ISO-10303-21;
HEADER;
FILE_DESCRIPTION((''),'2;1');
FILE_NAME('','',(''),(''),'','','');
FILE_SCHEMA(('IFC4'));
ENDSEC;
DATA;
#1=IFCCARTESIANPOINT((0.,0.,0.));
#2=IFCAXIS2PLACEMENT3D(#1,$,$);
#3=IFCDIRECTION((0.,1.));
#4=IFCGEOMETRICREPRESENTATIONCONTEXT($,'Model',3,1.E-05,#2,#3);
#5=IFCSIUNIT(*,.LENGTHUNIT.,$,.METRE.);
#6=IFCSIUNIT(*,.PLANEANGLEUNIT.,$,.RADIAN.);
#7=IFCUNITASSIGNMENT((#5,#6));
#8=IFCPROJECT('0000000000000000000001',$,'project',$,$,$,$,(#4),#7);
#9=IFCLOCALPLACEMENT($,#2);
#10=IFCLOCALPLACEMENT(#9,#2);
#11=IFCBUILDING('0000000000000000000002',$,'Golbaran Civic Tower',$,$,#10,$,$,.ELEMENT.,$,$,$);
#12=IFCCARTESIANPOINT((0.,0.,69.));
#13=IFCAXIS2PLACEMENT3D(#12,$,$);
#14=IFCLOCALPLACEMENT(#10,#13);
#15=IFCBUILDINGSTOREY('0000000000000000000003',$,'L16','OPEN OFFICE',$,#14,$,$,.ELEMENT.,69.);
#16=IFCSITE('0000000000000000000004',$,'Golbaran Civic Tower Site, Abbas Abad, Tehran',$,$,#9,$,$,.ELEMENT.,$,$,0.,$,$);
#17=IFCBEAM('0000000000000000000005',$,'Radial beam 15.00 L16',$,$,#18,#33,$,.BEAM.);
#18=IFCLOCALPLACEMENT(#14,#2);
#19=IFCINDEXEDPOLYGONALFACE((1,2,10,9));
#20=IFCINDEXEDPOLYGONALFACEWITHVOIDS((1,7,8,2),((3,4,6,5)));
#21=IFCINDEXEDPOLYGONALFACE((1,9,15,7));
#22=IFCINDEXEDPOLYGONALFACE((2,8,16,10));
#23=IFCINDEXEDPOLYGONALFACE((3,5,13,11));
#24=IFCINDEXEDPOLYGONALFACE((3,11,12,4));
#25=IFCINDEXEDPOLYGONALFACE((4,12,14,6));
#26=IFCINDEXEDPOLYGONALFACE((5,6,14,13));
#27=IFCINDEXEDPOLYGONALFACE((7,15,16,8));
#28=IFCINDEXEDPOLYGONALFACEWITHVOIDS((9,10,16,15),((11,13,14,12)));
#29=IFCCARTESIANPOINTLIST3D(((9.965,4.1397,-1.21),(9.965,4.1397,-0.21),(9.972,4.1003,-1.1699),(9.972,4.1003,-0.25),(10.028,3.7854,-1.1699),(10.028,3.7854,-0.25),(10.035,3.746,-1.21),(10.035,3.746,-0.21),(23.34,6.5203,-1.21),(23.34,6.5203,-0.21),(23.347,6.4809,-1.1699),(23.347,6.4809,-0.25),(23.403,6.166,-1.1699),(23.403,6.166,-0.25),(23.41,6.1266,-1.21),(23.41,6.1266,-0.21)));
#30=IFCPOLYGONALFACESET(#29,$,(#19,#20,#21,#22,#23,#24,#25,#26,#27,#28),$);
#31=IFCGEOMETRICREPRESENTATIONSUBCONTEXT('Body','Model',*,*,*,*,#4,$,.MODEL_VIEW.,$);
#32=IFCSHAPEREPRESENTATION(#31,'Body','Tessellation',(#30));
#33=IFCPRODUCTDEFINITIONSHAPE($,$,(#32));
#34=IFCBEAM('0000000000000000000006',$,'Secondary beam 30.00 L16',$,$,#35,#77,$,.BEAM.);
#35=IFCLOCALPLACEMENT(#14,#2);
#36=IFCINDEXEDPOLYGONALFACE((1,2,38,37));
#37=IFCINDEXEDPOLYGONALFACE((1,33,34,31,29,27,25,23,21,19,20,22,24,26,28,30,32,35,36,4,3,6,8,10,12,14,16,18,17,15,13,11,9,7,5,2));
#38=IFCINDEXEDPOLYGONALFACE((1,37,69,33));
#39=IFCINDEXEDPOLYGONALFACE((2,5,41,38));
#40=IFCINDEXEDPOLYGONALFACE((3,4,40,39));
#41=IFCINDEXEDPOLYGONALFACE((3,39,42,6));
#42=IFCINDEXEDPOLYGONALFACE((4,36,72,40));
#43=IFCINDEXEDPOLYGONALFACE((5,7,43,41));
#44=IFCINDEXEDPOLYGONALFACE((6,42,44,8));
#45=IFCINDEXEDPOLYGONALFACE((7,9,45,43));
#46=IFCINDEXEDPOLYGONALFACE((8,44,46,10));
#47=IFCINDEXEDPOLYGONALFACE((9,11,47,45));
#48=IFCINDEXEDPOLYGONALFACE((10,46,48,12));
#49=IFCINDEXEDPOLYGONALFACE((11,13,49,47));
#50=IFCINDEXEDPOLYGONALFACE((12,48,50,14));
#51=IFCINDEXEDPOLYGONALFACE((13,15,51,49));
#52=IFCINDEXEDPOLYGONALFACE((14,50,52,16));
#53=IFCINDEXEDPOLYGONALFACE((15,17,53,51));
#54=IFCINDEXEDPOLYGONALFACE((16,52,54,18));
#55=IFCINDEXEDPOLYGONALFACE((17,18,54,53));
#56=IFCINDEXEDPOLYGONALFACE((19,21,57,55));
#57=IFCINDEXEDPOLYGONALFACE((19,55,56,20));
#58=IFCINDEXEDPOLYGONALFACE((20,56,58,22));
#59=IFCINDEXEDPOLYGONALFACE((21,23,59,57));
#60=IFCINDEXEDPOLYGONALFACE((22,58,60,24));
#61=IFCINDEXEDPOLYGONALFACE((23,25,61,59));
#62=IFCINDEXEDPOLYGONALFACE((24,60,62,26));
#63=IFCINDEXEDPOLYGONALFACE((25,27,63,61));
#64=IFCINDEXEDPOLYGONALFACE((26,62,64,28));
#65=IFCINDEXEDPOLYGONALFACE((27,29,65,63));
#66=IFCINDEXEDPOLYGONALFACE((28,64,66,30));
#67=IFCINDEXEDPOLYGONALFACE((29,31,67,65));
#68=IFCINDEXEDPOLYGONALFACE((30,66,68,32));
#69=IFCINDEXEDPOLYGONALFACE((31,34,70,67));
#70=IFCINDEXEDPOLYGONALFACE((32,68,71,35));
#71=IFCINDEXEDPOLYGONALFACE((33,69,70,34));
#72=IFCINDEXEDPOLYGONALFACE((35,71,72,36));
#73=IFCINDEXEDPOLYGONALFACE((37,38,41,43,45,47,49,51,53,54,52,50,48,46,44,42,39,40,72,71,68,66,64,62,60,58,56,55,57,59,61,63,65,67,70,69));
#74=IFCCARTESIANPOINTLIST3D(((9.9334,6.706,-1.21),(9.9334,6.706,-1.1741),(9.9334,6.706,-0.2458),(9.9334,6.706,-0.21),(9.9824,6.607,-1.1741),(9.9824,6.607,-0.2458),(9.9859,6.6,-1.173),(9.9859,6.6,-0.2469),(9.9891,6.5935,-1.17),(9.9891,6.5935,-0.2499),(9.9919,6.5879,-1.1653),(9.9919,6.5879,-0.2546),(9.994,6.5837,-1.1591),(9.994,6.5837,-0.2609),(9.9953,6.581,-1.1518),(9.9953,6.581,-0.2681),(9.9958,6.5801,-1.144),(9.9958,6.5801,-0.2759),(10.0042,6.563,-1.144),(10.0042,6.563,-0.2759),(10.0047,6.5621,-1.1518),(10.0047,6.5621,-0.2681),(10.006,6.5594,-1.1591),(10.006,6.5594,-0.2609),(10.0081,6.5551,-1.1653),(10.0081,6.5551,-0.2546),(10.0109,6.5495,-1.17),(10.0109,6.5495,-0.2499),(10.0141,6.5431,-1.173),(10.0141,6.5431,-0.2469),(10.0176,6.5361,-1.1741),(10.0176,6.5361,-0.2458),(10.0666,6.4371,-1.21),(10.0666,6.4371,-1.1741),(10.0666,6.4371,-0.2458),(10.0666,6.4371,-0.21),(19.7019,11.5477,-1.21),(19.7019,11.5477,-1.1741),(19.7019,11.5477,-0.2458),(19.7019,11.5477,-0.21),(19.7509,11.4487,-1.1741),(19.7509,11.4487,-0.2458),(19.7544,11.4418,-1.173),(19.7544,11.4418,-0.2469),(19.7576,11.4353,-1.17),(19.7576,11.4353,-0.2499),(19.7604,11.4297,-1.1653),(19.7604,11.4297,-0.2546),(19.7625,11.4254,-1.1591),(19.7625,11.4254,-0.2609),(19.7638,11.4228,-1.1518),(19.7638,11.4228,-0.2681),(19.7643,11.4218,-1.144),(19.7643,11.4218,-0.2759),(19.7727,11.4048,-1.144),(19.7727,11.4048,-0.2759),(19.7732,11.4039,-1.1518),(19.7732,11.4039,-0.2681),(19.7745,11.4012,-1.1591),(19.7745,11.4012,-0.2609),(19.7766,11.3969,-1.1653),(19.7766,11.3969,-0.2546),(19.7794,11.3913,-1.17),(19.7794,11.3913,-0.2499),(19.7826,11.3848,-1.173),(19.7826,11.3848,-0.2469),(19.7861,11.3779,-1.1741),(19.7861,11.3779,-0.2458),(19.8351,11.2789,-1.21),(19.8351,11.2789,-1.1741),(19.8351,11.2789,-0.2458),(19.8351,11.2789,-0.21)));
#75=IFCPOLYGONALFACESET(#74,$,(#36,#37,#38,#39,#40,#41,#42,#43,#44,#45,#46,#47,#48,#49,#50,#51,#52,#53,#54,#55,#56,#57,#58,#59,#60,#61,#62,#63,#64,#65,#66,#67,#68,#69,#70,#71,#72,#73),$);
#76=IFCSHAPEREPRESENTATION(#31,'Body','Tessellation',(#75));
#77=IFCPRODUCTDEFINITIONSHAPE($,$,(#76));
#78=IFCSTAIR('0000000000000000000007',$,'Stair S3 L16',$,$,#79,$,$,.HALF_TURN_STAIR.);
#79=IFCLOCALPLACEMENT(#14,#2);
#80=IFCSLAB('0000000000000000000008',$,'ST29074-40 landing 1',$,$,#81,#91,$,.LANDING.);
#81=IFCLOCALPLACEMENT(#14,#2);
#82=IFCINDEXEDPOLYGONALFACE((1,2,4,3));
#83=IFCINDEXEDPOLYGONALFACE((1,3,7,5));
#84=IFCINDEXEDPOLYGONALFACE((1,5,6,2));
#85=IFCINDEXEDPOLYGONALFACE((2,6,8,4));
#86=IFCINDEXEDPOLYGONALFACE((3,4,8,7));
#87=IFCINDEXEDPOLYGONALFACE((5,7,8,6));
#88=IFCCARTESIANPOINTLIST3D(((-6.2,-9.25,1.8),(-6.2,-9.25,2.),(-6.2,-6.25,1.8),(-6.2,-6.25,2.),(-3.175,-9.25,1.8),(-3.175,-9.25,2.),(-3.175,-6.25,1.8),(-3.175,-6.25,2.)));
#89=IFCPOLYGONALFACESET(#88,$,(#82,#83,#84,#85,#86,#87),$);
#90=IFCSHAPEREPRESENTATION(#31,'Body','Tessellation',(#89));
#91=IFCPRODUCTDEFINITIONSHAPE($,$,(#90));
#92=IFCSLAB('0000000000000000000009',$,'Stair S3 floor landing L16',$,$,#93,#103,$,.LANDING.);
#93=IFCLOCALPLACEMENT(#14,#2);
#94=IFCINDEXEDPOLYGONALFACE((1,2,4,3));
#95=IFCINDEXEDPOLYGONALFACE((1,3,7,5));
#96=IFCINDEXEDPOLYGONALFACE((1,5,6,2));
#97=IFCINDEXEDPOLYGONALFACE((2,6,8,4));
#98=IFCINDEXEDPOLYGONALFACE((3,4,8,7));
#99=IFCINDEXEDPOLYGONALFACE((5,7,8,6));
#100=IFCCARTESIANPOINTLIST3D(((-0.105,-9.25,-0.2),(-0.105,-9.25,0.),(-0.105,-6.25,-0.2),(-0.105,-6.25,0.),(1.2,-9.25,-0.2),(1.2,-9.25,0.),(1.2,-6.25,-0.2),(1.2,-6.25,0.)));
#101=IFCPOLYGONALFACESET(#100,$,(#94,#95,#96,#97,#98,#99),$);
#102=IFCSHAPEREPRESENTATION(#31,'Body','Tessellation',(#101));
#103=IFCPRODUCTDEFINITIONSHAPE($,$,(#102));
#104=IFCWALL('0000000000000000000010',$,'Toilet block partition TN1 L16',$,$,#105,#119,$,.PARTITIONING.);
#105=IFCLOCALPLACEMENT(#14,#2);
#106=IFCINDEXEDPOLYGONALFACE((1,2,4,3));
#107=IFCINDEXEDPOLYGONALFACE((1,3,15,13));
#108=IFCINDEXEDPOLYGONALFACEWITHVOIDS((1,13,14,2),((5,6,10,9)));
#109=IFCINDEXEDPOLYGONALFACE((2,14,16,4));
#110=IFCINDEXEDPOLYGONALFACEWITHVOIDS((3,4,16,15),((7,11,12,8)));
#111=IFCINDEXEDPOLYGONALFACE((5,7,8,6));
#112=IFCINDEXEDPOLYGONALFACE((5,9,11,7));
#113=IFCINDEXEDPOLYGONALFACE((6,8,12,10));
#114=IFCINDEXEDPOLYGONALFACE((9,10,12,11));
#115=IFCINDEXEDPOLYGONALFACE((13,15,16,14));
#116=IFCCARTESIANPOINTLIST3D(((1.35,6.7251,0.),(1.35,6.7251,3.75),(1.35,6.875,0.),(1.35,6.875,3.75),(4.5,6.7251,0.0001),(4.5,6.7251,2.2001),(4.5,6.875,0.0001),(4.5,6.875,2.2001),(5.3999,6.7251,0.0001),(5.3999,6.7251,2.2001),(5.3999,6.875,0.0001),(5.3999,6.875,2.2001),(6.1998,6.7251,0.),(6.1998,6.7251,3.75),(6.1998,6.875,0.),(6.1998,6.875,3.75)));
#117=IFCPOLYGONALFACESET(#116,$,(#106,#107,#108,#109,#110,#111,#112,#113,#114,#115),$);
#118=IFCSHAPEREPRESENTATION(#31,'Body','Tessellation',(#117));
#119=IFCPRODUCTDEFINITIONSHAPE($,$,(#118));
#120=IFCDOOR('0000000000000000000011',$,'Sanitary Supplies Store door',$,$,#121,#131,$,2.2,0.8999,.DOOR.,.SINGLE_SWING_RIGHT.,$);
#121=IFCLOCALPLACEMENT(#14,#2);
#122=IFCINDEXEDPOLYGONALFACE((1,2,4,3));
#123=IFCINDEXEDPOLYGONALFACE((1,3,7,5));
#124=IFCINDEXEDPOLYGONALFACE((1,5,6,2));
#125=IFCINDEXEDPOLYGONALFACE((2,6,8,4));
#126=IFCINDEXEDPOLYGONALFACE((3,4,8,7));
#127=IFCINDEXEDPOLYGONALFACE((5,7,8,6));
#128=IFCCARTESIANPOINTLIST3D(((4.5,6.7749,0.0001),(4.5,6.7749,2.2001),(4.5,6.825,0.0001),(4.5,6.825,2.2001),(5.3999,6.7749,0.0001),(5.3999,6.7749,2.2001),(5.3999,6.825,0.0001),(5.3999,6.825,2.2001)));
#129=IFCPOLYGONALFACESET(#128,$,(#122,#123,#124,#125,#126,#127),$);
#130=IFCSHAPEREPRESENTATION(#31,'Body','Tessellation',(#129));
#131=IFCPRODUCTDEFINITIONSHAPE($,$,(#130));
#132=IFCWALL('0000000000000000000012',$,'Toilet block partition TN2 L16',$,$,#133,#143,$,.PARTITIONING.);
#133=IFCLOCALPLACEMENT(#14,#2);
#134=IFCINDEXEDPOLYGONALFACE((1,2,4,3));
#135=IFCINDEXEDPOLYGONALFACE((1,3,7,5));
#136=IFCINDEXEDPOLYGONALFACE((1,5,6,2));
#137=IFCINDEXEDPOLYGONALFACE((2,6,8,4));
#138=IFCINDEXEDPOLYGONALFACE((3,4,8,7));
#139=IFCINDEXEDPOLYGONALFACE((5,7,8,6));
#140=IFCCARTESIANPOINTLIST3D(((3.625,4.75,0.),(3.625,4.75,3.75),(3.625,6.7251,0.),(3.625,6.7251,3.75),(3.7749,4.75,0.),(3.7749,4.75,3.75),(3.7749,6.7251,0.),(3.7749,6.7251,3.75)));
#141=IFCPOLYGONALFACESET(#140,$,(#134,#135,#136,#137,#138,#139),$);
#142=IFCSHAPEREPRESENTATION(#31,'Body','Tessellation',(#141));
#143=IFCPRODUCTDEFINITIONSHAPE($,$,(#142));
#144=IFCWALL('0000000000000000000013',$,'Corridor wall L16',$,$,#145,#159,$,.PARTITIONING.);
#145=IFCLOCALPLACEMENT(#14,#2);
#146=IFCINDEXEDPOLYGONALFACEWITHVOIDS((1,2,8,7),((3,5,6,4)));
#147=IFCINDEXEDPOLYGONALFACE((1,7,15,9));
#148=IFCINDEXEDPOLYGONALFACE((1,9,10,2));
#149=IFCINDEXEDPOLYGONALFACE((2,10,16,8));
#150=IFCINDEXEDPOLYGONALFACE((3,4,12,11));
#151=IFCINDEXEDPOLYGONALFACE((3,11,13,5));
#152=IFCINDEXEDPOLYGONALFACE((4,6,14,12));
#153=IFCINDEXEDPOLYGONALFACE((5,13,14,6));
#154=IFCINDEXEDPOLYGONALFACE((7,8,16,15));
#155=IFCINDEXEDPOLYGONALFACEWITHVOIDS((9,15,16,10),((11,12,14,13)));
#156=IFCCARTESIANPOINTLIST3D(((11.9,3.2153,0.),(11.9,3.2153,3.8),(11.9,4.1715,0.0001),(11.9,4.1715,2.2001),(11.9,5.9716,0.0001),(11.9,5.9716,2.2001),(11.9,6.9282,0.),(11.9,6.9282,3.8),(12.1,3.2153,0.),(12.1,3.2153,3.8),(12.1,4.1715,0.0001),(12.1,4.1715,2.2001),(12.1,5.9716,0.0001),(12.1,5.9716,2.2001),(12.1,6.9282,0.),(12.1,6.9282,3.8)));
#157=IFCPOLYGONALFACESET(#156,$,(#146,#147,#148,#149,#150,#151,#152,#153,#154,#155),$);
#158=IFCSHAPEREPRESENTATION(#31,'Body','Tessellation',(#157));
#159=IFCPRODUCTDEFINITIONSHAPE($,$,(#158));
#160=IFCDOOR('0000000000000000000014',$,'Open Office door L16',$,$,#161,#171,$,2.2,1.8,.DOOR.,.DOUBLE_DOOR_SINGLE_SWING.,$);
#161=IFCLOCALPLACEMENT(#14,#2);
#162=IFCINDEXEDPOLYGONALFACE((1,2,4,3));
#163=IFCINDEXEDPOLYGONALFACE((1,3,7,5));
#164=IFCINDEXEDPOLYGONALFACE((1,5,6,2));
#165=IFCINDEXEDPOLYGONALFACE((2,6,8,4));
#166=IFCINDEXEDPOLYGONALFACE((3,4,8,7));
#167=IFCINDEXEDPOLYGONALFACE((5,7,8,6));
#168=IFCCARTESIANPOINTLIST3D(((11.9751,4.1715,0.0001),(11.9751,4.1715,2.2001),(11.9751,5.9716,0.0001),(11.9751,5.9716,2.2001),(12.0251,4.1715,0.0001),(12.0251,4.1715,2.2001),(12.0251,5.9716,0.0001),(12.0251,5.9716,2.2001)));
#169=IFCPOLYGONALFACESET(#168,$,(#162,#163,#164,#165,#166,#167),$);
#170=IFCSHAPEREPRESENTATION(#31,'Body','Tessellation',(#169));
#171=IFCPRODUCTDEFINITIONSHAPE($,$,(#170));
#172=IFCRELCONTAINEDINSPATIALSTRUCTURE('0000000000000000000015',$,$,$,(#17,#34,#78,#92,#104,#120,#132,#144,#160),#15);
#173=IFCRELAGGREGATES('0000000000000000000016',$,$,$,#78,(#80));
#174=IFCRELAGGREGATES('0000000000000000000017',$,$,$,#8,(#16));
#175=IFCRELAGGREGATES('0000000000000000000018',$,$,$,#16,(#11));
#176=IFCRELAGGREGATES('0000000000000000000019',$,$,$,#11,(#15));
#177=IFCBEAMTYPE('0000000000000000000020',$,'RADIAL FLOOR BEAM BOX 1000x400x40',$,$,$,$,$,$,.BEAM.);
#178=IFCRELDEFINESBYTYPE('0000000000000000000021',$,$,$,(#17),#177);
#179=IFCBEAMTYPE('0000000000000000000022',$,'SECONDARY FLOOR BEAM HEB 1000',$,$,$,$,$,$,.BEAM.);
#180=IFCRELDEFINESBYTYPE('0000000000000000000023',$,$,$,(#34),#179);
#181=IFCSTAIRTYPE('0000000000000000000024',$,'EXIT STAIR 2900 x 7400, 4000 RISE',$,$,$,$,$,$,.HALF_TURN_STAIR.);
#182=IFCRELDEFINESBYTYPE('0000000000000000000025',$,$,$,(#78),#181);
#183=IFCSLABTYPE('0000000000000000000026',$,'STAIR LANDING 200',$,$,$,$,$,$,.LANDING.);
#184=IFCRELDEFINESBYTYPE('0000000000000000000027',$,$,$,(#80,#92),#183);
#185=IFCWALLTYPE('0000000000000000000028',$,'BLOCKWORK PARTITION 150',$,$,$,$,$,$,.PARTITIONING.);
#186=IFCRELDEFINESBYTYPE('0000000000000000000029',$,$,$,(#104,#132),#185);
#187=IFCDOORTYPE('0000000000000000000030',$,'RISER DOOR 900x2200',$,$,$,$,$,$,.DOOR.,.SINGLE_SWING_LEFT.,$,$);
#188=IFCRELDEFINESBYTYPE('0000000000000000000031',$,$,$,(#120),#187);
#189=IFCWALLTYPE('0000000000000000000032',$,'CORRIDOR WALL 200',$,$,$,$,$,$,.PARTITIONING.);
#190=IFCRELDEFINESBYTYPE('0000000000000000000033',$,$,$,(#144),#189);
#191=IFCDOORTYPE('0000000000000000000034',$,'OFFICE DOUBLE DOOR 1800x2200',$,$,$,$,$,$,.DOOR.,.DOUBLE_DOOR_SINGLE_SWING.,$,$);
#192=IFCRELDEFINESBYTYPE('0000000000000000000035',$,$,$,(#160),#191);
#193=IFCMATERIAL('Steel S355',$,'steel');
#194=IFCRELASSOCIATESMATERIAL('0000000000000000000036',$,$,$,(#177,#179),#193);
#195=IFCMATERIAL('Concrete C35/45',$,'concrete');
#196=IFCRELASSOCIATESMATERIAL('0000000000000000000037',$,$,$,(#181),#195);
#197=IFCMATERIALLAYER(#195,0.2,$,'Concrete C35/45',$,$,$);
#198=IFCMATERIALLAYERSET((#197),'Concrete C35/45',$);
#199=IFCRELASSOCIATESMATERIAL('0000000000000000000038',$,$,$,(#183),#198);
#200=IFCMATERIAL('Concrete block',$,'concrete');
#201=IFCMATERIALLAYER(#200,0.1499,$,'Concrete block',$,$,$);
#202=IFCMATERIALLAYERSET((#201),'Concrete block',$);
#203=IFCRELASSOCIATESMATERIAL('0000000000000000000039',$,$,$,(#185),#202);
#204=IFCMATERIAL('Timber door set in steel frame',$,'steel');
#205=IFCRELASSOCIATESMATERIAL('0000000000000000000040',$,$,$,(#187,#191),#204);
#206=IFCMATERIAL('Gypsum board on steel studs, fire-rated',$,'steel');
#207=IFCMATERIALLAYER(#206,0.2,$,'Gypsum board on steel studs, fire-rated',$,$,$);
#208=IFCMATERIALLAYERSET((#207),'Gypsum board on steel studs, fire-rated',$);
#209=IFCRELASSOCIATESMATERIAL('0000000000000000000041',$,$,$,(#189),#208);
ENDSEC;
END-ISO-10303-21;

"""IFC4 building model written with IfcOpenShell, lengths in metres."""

from ifc_helpers import new_model, si_unit, direction, frame, frame_2d, origin, origin_2d, place, context, subcontext, project, spatial, polyline, rectangle, hollow_rectangle, i_section, outline, extrude, material, layer, layer_set, material_profile, profile_set, type_object, element, fill, aggregate, save


model = new_model("IFC4")

# Units and contexts
model_context = context("Model", 3, precision=1e-05, world=origin(), true_north=direction((0.0, 1.0)))
body_context = subcontext(model_context, "Body", "Model", "MODEL_VIEW")
ifc_project = project(units=[si_unit("LENGTHUNIT", "METRE"), si_unit("PLANEANGLEUNIT", "RADIAN")], contexts=[model_context])

# Site, building, storey
site_placement = place(None, origin())
site = spatial("IfcSite", under=ifc_project, at=site_placement, Name="Golbaran Civic Tower Site, Abbas Abad, Tehran", CompositionType="ELEMENT", RefElevation=0.0)
building_placement = place(site_placement, origin())
building = spatial("IfcBuilding", under=site, at=building_placement, Name="Golbaran Civic Tower", CompositionType="ELEMENT")
storey_placement = place(building_placement, frame((0.0, 0.0, 69.0)))
storey = spatial("IfcBuildingStorey", under=building, at=storey_placement, Name="L16", Description="OPEN OFFICE", CompositionType="ELEMENT", Elevation=69.0)

# Beams
ifc_material_1 = material(Name="Steel S355", Category="steel")
ifc_material_profile_1 = material_profile(ifc_material_1, hollow_rectangle(XDim=0.3999, YDim=1.0, WallThickness=0.04, at=origin_2d()), Name="BOX 1000x400x40")
ifc_profile_set_1 = profile_set([ifc_material_profile_1], Name="Steel S355")
beam_type_1 = type_object("IfcBeamType", Name="RADIAL FLOOR BEAM BOX 1000x400x40", PredefinedType="BEAM", material=ifc_profile_set_1)
beam_1_placement = place(storey_placement, frame((10.0, 3.9429, -0.71), z_axis=(0.984526, 0.175236, 0.0), x_axis=(-0.175236, 0.984526, 0.0)))
element("IfcBeam", 1, at=beam_1_placement, inside=storey, type_object=beam_type_1, Name="Radial beam 15.00 L16", PredefinedType="BEAM", context=body_context, shape_type="SweptSolid", body=[
    extrude(hollow_rectangle(XDim=0.3999, YDim=1.0, WallThickness=0.04, at=origin_2d()), origin(), (0.0, 0.0, 1.0), 13.5852),
])
ifc_material_profile_2 = material_profile(ifc_material_1, i_section(OverallWidth=0.3, OverallDepth=1.0, WebThickness=0.019, FlangeThickness=0.0359, FilletRadius=0.03, at=origin_2d()), Name="HEB 1000")
ifc_profile_set_2 = profile_set([ifc_material_profile_2], Name="Steel S355")
beam_type_2 = type_object("IfcBeamType", Name="SECONDARY FLOOR BEAM HEB 1000", PredefinedType="BEAM", material=ifc_profile_set_2)
beam_2_placement = place(storey_placement, frame((10.0, 6.5715, -0.71), z_axis=(0.89598, 0.444094, 0.0), x_axis=(-0.444094, 0.89598, 0.0)))
element("IfcBeam", 2, at=beam_2_placement, inside=storey, type_object=beam_type_2, Name="Secondary beam 30.00 L16", PredefinedType="BEAM", context=body_context, shape_type="SweptSolid", body=[
    extrude(i_section(OverallWidth=0.3, OverallDepth=1.0, WebThickness=0.019, FlangeThickness=0.0359, FilletRadius=0.03, at=origin_2d()), origin(), (0.0, 0.0, 1.0), 10.9026),
])

# Stair, slab
ifc_material_2 = material(Name="Concrete C35/45", Category="concrete")
stair_type = type_object("IfcStairType", Name="EXIT STAIR 2900 x 7400, 4000 RISE", PredefinedType="HALF_TURN_STAIR", material=ifc_material_2)
stair_placement = place(storey_placement, origin())
stair = element("IfcStair", 3, at=stair_placement, inside=storey, type_object=stair_type, Name="Stair S3 L16", PredefinedType="HALF_TURN_STAIR")
ifc_layer_1 = layer(ifc_material_2, 0.2, Name="Concrete C35/45")
ifc_layer_set_1 = layer_set([ifc_layer_1], Name="Concrete C35/45")
slab_type = type_object("IfcSlabType", Name="STAIR LANDING 200", PredefinedType="LANDING", material=ifc_layer_set_1)
slab_1_placement = place(storey_placement, frame((0.0, 0.0, 1.8)))
slab_1 = element("IfcSlab", 4, at=slab_1_placement, type_object=slab_type, Name="ST29074-40 landing 1", PredefinedType="LANDING", context=body_context, shape_type="SweptSolid", body=[
    extrude(outline(polyline([(-3.175, -9.25), (-6.2, -9.25), (-6.2, -6.25), (-3.175, -6.25), (-3.175, -9.25)])), origin(), (0.0, 0.0, 1.0), 0.2),
])
aggregate(stair, [slab_1])

# Slab
slab_2_placement = place(storey_placement, frame((0.0, 0.0, -0.2)))
element("IfcSlab", 5, at=slab_2_placement, inside=storey, type_object=slab_type, Name="Stair S3 floor landing L16", PredefinedType="LANDING", context=body_context, shape_type="SweptSolid", body=[
    extrude(outline(polyline([(1.2, -9.25), (-0.105, -9.25), (-0.105, -6.25), (1.2, -6.25), (1.2, -9.25)])), origin(), (0.0, 0.0, 1.0), 0.2),
])

# Wall, opening, door
ifc_material_3 = material(Name="Concrete block", Category="concrete")
ifc_layer_2 = layer(ifc_material_3, 0.1499, Name="Concrete block")
ifc_layer_set_2 = layer_set([ifc_layer_2], Name="Concrete block")
wall_type_1 = type_object("IfcWallType", Name="BLOCKWORK PARTITION 150", PredefinedType="PARTITIONING", material=ifc_layer_set_2)
wall_1_placement = place(storey_placement, frame((1.3501, 6.8, 0.0), z_axis=(0.0, 0.0, 1.0), x_axis=(1.0, 0.0, 0.0)))
wall_1 = element("IfcWall", 6, at=wall_1_placement, inside=storey, type_object=wall_type_1, Name="Toilet block partition TN1 L16", PredefinedType="PARTITIONING", context=body_context, shape_type="SweptSolid", body=[
    extrude(rectangle(XDim=4.8499, YDim=0.1499, at=frame_2d((2.4248, 0.0))), origin(), (0.0, 0.0, 1.0), 3.75),
])
opening_1_placement = place(wall_1_placement, frame((3.1499, 0.0, 0.0)))
opening_1 = element("IfcOpeningElement", 7, at=opening_1_placement, cuts=wall_1, PredefinedType="OPENING", context=body_context, shape_type="SweptSolid", body=[
    extrude(rectangle(XDim=0.8999, YDim=2.2, at=frame_2d((0.45, 1.1001))), frame((0.0, 0.085, 0.0), z_axis=(0.0, -1.0, 0.0), x_axis=(1.0, 0.0, 0.0)), (0.0, 0.0, 1.0), 0.1699),
])
ifc_material_4 = material(Name="Timber door set in steel frame", Category="steel")
door_type_1 = type_object("IfcDoorType", Name="RISER DOOR 900x2200", OperationType="SINGLE_SWING_LEFT", PredefinedType="DOOR", material=ifc_material_4)
door_1_placement = place(opening_1_placement, origin())
door_1 = element("IfcDoor", 8, at=door_1_placement, inside=storey, type_object=door_type_1, Name="Sanitary Supplies Store door", OperationType="SINGLE_SWING_RIGHT", OverallHeight=2.2, OverallWidth=0.8999, PredefinedType="DOOR", context=body_context, shape_type="SweptSolid", body=[
    extrude(rectangle(XDim=0.8999, YDim=2.2, at=frame_2d((0.45, 1.1001))), frame((0.0, 0.0249, 0.0), z_axis=(0.0, -1.0, 0.0), x_axis=(1.0, 0.0, 0.0)), (0.0, 0.0, 1.0), 0.05),
])
fill(opening_1, door_1)

# Wall
wall_2_placement = place(storey_placement, frame((3.7, 4.75, 0.0), z_axis=(0.0, 0.0, 1.0), x_axis=(0.0, 1.0, 0.0)))
element("IfcWall", 9, at=wall_2_placement, inside=storey, type_object=wall_type_1, Name="Toilet block partition TN2 L16", PredefinedType="PARTITIONING", context=body_context, shape_type="SweptSolid", body=[
    extrude(rectangle(XDim=1.9751, YDim=0.1499, at=frame_2d((0.9875, 0.0))), origin(), (0.0, 0.0, 1.0), 3.75),
])

# Wall, opening, door
ifc_material_5 = material(Name="Gypsum board on steel studs, fire-rated", Category="steel")
ifc_layer_3 = layer(ifc_material_5, 0.2, Name="Gypsum board on steel studs, fire-rated")
ifc_layer_set_3 = layer_set([ifc_layer_3], Name="Gypsum board on steel studs, fire-rated")
wall_type_2 = type_object("IfcWallType", Name="CORRIDOR WALL 200", PredefinedType="PARTITIONING", material=ifc_layer_set_3)
wall_3_placement = place(storey_placement, frame((12.0, 3.2153, 0.0), z_axis=(0.0, 0.0, 1.0), x_axis=(0.0, 1.0, 0.0)))
wall_3 = element("IfcWall", 10, at=wall_3_placement, inside=storey, type_object=wall_type_2, Name="Corridor wall L16", PredefinedType="PARTITIONING", context=body_context, shape_type="SweptSolid", body=[
    extrude(rectangle(XDim=3.7129, YDim=0.2, at=frame_2d((1.8564, 0.0))), origin(), (0.0, 0.0, 1.0), 3.8),
])
opening_2_placement = place(wall_3_placement, frame((0.9563, 0.0, 0.0)))
opening_2 = element("IfcOpeningElement", 11, at=opening_2_placement, cuts=wall_3, PredefinedType="OPENING", context=body_context, shape_type="SweptSolid", body=[
    extrude(rectangle(XDim=1.8, YDim=2.2, at=frame_2d((0.8999, 1.1001))), frame((0.0, 0.1099, 0.0), z_axis=(0.0, -1.0, 0.0), x_axis=(1.0, 0.0, 0.0)), (0.0, 0.0, 1.0), 0.22),
])
door_type_2 = type_object("IfcDoorType", Name="OFFICE DOUBLE DOOR 1800x2200", OperationType="DOUBLE_DOOR_SINGLE_SWING", PredefinedType="DOOR", material=ifc_material_4)
door_2_placement = place(opening_2_placement, origin())
door_2 = element("IfcDoor", 12, at=door_2_placement, inside=storey, type_object=door_type_2, Name="Open Office door L16", OperationType="DOUBLE_DOOR_SINGLE_SWING", OverallHeight=2.2, OverallWidth=1.8, PredefinedType="DOOR", context=body_context, shape_type="SweptSolid", body=[
    extrude(rectangle(XDim=1.8, YDim=2.2, at=frame_2d((0.8999, 1.1001))), frame((0.0, 0.0249, 0.0), z_axis=(0.0, -1.0, 0.0), x_axis=(1.0, 0.0, 0.0)), (0.0, 0.0, 1.0), 0.05),
])
fill(opening_2, door_2)

save(model, "model.ifc")
